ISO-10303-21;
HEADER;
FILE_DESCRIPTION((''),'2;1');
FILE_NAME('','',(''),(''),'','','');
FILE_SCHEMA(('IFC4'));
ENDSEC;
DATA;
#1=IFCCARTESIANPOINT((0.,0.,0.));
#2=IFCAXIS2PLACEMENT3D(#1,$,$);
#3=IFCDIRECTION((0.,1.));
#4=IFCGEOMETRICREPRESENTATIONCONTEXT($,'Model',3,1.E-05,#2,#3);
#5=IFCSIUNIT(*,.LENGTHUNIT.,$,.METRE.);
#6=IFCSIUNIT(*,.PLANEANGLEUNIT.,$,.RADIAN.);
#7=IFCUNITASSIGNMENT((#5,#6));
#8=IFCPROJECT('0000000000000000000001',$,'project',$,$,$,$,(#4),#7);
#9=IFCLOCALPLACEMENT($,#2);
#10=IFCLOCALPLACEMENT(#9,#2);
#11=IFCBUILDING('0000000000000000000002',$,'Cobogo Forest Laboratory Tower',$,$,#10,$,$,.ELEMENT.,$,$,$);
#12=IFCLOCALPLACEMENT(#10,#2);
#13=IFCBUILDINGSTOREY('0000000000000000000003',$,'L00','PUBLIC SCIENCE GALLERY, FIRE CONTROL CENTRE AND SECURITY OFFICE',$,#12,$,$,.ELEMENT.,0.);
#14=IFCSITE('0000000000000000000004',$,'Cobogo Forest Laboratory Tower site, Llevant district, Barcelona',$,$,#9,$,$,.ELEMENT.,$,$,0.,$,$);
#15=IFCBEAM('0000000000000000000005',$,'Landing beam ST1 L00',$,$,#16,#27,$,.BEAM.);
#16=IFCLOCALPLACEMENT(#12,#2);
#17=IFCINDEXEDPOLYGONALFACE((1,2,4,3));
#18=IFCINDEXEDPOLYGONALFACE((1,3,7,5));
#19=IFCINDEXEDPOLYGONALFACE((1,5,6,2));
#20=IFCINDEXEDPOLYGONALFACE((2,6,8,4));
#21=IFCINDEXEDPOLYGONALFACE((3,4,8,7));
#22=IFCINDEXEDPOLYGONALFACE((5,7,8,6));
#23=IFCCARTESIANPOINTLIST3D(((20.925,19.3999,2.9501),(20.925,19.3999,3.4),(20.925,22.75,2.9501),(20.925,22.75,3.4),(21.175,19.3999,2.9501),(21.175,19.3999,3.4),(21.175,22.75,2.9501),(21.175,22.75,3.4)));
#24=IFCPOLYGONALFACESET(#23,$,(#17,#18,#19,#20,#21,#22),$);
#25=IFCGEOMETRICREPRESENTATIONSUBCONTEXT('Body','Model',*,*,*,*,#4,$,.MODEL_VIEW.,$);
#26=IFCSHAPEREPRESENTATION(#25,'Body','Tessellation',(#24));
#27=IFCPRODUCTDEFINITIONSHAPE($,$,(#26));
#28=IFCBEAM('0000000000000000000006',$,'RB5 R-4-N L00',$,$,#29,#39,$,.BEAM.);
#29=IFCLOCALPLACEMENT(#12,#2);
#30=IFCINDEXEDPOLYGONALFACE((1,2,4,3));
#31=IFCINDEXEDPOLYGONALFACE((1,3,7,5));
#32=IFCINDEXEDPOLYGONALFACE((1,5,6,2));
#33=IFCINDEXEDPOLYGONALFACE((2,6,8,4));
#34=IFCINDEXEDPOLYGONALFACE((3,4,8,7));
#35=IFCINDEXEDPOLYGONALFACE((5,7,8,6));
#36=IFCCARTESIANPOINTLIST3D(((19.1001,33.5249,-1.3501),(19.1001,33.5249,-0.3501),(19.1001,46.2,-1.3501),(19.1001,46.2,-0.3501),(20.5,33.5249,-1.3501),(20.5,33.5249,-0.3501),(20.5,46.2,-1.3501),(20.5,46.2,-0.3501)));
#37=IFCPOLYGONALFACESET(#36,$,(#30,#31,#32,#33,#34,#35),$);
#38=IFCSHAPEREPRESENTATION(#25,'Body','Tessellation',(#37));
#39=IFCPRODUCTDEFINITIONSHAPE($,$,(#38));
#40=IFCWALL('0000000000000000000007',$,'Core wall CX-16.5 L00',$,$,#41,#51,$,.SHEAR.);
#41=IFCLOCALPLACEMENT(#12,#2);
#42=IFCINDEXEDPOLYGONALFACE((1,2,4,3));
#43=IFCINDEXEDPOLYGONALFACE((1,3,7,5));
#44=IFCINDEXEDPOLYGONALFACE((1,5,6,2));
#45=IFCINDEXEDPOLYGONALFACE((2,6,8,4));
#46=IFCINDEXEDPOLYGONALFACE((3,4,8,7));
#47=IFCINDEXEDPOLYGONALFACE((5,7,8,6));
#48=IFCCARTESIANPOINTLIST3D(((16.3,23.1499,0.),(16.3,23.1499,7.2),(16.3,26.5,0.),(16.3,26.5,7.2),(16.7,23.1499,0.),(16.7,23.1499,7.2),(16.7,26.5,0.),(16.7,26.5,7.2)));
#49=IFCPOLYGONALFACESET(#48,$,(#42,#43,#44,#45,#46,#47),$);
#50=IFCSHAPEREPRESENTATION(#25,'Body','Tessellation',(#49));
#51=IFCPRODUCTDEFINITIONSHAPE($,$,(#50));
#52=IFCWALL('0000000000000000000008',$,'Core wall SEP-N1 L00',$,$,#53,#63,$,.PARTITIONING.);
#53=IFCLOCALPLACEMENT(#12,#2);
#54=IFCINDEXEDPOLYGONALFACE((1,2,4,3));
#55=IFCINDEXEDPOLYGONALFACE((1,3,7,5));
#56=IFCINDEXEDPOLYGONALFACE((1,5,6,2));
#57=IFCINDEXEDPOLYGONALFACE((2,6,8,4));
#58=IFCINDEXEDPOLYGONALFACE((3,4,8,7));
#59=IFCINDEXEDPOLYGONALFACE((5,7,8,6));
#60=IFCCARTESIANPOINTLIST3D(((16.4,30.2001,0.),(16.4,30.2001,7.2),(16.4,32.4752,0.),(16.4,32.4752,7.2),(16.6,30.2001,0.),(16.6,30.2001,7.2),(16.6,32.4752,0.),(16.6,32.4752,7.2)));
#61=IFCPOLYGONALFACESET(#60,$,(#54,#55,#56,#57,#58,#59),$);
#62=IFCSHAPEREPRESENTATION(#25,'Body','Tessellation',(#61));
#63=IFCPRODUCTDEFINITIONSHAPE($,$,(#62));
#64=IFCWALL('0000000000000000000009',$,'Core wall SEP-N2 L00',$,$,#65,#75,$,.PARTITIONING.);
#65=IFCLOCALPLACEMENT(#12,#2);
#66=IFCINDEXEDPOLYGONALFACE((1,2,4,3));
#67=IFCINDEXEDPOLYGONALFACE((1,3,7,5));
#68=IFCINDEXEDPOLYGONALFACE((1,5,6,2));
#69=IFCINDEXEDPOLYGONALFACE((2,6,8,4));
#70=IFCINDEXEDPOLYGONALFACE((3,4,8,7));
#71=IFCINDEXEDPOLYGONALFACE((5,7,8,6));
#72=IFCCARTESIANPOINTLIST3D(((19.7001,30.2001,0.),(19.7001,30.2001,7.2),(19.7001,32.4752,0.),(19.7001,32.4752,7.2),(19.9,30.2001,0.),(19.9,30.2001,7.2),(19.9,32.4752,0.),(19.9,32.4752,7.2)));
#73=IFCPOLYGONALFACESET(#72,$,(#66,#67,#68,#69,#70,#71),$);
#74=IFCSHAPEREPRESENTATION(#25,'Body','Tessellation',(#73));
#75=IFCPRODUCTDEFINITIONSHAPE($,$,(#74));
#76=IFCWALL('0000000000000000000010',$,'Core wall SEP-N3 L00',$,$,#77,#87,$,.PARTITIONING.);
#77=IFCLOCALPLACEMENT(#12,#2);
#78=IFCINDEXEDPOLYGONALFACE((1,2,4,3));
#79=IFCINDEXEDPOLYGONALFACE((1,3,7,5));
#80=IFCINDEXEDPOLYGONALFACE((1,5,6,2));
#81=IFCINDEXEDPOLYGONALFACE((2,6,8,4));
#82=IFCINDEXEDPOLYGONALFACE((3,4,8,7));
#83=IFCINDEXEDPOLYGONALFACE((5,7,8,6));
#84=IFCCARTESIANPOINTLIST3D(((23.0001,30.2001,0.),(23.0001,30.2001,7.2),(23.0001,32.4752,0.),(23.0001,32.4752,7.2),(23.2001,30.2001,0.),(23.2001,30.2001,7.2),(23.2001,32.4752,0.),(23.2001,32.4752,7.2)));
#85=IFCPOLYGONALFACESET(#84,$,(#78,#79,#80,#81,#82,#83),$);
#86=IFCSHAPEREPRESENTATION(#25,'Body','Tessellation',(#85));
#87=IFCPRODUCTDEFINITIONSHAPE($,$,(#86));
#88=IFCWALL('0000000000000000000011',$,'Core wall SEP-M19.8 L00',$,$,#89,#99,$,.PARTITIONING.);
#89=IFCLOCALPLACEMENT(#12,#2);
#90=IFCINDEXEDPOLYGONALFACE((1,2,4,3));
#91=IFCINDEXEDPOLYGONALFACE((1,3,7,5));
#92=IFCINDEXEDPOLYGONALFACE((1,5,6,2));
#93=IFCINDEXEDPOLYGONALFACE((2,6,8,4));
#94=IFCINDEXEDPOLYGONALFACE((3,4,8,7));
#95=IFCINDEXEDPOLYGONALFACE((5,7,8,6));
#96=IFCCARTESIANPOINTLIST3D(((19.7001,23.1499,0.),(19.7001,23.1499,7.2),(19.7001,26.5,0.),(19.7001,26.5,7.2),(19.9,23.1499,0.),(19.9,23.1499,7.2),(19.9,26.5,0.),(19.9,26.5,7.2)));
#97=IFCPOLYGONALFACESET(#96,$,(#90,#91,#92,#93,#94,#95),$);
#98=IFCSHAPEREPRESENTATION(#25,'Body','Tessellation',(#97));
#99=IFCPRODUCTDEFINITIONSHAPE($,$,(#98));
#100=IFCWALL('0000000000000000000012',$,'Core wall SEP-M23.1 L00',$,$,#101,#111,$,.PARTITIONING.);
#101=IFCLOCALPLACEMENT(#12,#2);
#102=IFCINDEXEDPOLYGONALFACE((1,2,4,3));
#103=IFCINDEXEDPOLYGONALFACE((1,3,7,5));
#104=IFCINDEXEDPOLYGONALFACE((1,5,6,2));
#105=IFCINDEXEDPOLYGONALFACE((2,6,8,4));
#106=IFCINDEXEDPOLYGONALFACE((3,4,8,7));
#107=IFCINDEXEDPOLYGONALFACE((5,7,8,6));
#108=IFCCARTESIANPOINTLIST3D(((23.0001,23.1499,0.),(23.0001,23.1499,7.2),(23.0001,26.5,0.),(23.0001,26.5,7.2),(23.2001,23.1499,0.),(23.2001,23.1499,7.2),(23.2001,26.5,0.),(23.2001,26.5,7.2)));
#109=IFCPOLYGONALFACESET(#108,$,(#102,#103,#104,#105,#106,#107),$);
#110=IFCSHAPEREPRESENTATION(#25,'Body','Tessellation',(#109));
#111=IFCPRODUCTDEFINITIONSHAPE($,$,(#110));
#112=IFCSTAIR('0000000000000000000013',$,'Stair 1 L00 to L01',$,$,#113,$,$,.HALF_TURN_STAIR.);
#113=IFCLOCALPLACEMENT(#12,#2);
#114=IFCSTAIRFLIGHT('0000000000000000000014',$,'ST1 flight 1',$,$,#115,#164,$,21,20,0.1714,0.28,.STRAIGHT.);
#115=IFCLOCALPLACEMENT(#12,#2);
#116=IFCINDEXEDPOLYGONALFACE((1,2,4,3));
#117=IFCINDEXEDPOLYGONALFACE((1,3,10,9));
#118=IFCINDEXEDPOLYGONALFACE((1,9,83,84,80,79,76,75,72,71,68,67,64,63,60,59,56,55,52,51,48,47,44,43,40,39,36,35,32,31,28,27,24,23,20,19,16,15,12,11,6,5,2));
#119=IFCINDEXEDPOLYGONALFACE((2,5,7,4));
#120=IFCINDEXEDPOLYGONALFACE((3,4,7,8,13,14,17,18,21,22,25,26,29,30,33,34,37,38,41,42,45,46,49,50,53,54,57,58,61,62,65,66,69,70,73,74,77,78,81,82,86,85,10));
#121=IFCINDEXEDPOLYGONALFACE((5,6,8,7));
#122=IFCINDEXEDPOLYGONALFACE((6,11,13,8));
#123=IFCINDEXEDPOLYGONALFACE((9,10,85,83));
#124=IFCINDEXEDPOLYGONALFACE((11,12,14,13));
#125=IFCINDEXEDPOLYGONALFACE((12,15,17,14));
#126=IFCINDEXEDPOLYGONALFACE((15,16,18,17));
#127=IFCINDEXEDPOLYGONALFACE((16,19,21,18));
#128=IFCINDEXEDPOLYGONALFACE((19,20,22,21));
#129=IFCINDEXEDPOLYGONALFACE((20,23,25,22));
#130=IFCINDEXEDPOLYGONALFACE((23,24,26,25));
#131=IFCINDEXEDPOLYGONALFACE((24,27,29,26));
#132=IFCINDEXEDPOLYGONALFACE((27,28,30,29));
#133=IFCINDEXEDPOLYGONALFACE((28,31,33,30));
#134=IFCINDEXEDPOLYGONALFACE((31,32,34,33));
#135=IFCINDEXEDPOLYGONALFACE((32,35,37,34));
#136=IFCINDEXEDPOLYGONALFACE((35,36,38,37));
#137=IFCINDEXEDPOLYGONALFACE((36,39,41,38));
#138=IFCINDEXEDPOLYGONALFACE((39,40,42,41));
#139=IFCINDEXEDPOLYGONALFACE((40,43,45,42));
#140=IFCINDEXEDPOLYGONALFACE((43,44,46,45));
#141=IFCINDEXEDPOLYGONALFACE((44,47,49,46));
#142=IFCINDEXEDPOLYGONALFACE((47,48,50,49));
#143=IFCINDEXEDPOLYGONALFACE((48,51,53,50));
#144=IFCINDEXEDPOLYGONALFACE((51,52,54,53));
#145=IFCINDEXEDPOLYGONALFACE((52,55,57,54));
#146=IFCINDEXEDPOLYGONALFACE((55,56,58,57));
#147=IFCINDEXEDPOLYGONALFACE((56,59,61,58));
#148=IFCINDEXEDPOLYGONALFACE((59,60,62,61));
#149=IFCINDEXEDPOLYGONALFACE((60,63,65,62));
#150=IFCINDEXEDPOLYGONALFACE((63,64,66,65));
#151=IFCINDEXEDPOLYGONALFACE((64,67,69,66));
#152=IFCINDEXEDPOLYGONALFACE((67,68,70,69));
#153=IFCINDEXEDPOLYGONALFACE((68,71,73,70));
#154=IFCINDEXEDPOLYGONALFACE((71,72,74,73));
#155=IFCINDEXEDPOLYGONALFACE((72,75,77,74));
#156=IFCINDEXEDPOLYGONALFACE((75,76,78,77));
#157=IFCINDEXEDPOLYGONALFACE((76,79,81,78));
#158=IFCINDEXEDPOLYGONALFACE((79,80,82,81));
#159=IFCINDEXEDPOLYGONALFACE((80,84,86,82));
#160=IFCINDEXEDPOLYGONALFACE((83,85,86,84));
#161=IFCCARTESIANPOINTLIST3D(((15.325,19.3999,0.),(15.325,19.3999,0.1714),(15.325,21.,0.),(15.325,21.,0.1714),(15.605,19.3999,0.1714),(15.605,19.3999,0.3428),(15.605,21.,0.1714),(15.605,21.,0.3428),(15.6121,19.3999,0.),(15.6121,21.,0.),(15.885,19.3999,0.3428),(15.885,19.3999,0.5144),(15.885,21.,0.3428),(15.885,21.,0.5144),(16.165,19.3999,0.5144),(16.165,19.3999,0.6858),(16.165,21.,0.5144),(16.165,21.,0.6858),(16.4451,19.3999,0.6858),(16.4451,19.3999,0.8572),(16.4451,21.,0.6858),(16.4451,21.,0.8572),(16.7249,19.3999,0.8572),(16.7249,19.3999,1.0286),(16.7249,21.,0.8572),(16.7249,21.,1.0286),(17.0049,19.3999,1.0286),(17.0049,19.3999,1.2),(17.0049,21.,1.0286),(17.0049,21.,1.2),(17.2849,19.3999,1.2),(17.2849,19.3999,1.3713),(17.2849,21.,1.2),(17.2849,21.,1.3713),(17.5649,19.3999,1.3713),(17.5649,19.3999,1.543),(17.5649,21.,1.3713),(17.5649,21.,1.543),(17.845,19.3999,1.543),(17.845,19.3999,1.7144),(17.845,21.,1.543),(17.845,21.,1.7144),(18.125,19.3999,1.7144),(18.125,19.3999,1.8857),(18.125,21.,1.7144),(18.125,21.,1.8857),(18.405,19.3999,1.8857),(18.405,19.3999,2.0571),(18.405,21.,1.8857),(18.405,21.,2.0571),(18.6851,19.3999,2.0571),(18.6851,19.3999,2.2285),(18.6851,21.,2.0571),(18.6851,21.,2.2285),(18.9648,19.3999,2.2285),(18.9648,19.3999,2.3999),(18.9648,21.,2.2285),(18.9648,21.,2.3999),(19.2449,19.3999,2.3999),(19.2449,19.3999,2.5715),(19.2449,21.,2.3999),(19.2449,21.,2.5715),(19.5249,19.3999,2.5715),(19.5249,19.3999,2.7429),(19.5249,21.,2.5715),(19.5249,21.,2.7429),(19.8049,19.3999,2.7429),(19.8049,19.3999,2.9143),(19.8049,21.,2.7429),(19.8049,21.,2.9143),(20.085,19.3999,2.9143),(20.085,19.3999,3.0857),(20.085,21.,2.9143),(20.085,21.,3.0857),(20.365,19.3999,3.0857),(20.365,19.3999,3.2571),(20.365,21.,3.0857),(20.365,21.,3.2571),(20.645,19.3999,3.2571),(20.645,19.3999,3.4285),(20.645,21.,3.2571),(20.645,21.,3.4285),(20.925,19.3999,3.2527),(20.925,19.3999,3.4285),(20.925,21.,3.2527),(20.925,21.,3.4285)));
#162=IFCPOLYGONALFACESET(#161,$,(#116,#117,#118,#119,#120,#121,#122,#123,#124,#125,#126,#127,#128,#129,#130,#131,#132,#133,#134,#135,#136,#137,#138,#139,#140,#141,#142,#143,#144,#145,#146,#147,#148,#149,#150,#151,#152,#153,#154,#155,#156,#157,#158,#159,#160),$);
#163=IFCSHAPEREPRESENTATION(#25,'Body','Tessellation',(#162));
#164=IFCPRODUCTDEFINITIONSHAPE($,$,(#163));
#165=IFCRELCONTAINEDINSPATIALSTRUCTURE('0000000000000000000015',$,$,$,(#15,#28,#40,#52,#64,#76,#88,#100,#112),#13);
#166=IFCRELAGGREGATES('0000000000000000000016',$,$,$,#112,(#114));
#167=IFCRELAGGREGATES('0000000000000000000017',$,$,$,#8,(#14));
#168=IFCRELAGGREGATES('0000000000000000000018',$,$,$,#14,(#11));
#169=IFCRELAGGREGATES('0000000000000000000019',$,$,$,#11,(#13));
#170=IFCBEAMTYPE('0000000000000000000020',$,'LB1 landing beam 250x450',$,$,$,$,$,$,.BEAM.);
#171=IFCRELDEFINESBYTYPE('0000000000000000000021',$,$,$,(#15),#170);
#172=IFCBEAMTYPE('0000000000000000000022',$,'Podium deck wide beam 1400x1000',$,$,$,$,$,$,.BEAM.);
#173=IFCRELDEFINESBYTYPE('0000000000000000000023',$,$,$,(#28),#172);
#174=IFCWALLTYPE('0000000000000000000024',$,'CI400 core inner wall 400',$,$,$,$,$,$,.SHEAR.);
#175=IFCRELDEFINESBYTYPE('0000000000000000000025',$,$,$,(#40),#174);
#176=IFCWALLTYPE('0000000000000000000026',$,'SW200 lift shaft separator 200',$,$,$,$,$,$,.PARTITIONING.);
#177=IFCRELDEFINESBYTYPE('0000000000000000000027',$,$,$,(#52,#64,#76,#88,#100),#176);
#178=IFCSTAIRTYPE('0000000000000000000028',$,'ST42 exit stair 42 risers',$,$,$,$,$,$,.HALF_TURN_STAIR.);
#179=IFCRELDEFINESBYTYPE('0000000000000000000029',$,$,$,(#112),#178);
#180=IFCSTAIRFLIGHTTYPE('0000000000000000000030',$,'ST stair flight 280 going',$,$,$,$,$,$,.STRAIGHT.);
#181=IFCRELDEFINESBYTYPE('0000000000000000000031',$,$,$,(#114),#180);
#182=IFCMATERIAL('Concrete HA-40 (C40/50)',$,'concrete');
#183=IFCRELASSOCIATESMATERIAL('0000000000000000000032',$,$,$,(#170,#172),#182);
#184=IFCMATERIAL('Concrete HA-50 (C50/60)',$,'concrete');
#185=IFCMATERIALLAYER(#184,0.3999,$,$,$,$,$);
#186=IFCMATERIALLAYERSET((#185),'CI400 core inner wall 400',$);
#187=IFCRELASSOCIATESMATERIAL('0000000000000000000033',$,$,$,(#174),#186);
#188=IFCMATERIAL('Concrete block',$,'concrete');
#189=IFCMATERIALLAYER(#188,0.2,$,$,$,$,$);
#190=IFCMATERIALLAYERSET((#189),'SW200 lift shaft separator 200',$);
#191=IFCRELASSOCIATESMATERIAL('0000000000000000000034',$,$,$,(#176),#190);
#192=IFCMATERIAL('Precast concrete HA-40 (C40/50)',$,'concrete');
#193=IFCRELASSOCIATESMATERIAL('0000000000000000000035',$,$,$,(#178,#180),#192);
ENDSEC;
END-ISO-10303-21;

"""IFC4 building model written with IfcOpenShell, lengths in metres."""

from ifc_helpers import new_model, si_unit, direction, frame, frame_2d, origin, origin_2d, place, context, subcontext, project, spatial, polyline, rectangle, outline, extrude, material, layer, layer_set, material_profile, profile_set, type_object, element, aggregate, save


model = new_model("IFC4")

# Units and contexts
model_context = context("Model", 3, precision=1e-05, world=origin(), true_north=direction((0.0, 1.0)))
body_context = subcontext(model_context, "Body", "Model", "MODEL_VIEW")
ifc_project = project(units=[si_unit("LENGTHUNIT", "METRE"), si_unit("PLANEANGLEUNIT", "RADIAN")], contexts=[model_context])

# Site, building, storey
site_placement = place(None, origin())
site = spatial("IfcSite", under=ifc_project, at=site_placement, Name="Cobogo Forest Laboratory Tower site, Llevant district, Barcelona", CompositionType="ELEMENT", RefElevation=0.0)
building_placement = place(site_placement, origin())
building = spatial("IfcBuilding", under=site, at=building_placement, Name="Cobogo Forest Laboratory Tower", CompositionType="ELEMENT")
storey_placement = place(building_placement, origin())
storey = spatial("IfcBuildingStorey", under=building, at=storey_placement, Name="L00", Description="PUBLIC SCIENCE GALLERY, FIRE CONTROL CENTRE AND SECURITY OFFICE", CompositionType="ELEMENT", Elevation=0.0)

# Beams
ifc_material_1 = material(Name="Concrete HA-40 (C40/50)", Category="concrete")
ifc_material_profile_1 = material_profile(ifc_material_1, rectangle(XDim=0.25, YDim=0.45, at=origin_2d()), Name="RC 250x450")
ifc_profile_set_1 = profile_set([ifc_material_profile_1], Name="Concrete HA-40 (C40/50)")
beam_type_1 = type_object("IfcBeamType", Name="LB1 landing beam 250x450", PredefinedType="BEAM", material=ifc_profile_set_1)
beam_1_placement = place(storey_placement, frame((21.05, 19.3999, 3.175), z_axis=(0.0, 1.0, 0.0), x_axis=(-1.0, 0.0, 0.0)))
element("IfcBeam", 1, at=beam_1_placement, inside=storey, type_object=beam_type_1, Name="Landing beam ST1 L00", PredefinedType="BEAM", context=body_context, shape_type="SweptSolid", body=[
    extrude(rectangle(XDim=0.25, YDim=0.45, at=origin_2d()), origin(), (0.0, 0.0, 1.0), 3.3501),
])
ifc_material_profile_2 = material_profile(ifc_material_1, rectangle(XDim=1.3999, YDim=1.0, at=origin_2d()), Name="RC 1400x1000")
ifc_profile_set_2 = profile_set([ifc_material_profile_2], Name="Concrete HA-40 (C40/50)")
beam_type_2 = type_object("IfcBeamType", Name="Podium deck wide beam 1400x1000", PredefinedType="BEAM", material=ifc_profile_set_2)
beam_2_placement = place(storey_placement, frame((19.8, 33.5249, -0.8501), z_axis=(0.0, 1.0, 0.0), x_axis=(-1.0, 0.0, 0.0)))
element("IfcBeam", 2, at=beam_2_placement, inside=storey, type_object=beam_type_2, Name="RB5 R-4-N L00", PredefinedType="BEAM", context=body_context, shape_type="SweptSolid", body=[
    extrude(rectangle(XDim=1.3999, YDim=1.0, at=origin_2d()), origin(), (0.0, 0.0, 1.0), 12.675),
])

# Walls
ifc_material_2 = material(Name="Concrete HA-50 (C50/60)", Category="concrete")
ifc_layer_1 = layer(ifc_material_2, 0.3999)
ifc_layer_set_1 = layer_set([ifc_layer_1], Name="CI400 core inner wall 400")
wall_type_1 = type_object("IfcWallType", Name="CI400 core inner wall 400", PredefinedType="SHEAR", material=ifc_layer_set_1)
wall_placement = place(storey_placement, frame((16.5, 23.1499, 0.0), z_axis=(0.0, 0.0, 1.0), x_axis=(0.0, 1.0, 0.0)))
element("IfcWall", 3, at=wall_placement, inside=storey, type_object=wall_type_1, Name="Core wall CX-16.5 L00", PredefinedType="SHEAR", context=body_context, shape_type="SweptSolid", body=[
    extrude(rectangle(XDim=3.3501, YDim=0.3999, at=frame_2d((1.675, 0.0))), origin(), (0.0, 0.0, 1.0), 7.2),
])
ifc_material_3 = material(Name="Concrete block", Category="concrete")
ifc_layer_2 = layer(ifc_material_3, 0.2)
ifc_layer_set_2 = layer_set([ifc_layer_2], Name="SW200 lift shaft separator 200")
wall_type_2 = type_object("IfcWallType", Name="SW200 lift shaft separator 200", PredefinedType="PARTITIONING", material=ifc_layer_set_2)
for number, where, z_axis, x_axis, name in (
    (4, (16.5, 30.2, 0.0), (0.0, 0.0, 1.0), (0.0, 1.0, 0.0), "Core wall SEP-N1 L00"),
    (5, (19.8, 30.2, 0.0), (0.0, 0.0, 1.0), (0.0, 1.0, 0.0), "Core wall SEP-N2 L00"),
    (6, (23.1001, 30.2, 0.0), (0.0, 0.0, 1.0), (0.0, 1.0, 0.0), "Core wall SEP-N3 L00"),
):
    element("IfcWall", number, at=place(storey_placement, frame(where, z_axis=z_axis, x_axis=x_axis)), inside=storey, type_object=wall_type_2, Name=name, PredefinedType="PARTITIONING", context=body_context, shape_type="SweptSolid", body=[
        extrude(rectangle(XDim=2.2751, YDim=0.2, at=frame_2d((1.1377, 0.0))), origin(), (0.0, 0.0, 1.0), 7.2),
    ])
for number, where, z_axis, x_axis, name in (
    (7, (19.8, 23.1499, 0.0), (0.0, 0.0, 1.0), (0.0, 1.0, 0.0), "Core wall SEP-M19.8 L00"),
    (8, (23.1001, 23.1499, 0.0), (0.0, 0.0, 1.0), (0.0, 1.0, 0.0), "Core wall SEP-M23.1 L00"),
):
    element("IfcWall", number, at=place(storey_placement, frame(where, z_axis=z_axis, x_axis=x_axis)), inside=storey, type_object=wall_type_2, Name=name, PredefinedType="PARTITIONING", context=body_context, shape_type="SweptSolid", body=[
        extrude(rectangle(XDim=3.3501, YDim=0.2, at=frame_2d((1.675, 0.0))), origin(), (0.0, 0.0, 1.0), 7.2),
    ])

# Stair, stair flight
ifc_material_4 = material(Name="Precast concrete HA-40 (C40/50)", Category="concrete")
stair_type = type_object("IfcStairType", Name="ST42 exit stair 42 risers", PredefinedType="HALF_TURN_STAIR", material=ifc_material_4)
stair_placement = place(storey_placement, origin())
stair = element("IfcStair", 9, at=stair_placement, inside=storey, type_object=stair_type, Name="Stair 1 L00 to L01", PredefinedType="HALF_TURN_STAIR")
stair_flight_type = type_object("IfcStairFlightType", Name="ST stair flight 280 going", PredefinedType="STRAIGHT", material=ifc_material_4)
stair_flight_1_placement = place(storey_placement, frame((15.325, 20.2, 0.0), z_axis=(0.0, 0.0, 1.0), x_axis=(1.0, 0.0, 0.0)))
stair_flight_1 = element("IfcStairFlight", 10, at=stair_flight_1_placement, type_object=stair_flight_type, Name="ST1 flight 1", NumberOfRisers=21, NumberOfTreads=20, PredefinedType="STRAIGHT", RiserHeight=0.1714, TreadLength=0.28, context=body_context, shape_type="SweptSolid", body=[
    extrude(outline(polyline([(0.0, 0.0), (0.0, 0.1714), (0.28, 0.1714), (0.28, 0.3428), (0.5601, 0.3428), (0.5601, 0.5144), (0.8401, 0.5144), (0.8401, 0.6858), (1.1201, 0.6858), (1.1201, 0.8572), (1.3999, 0.8572), (1.3999, 1.0286), (1.6799, 1.0286), (1.6799, 1.2), (1.96, 1.2), (1.96, 1.3713), (2.24, 1.3713), (2.24, 1.543), (2.52, 1.543), (2.52, 1.7144), (2.8, 1.7144), (2.8, 1.8857), (3.0801, 1.8857), (3.0801, 2.0571), (3.3601, 2.0571), (3.3601, 2.2285), (3.6399, 2.2285), (3.6399, 2.3999), (3.9199, 2.3999), (3.9199, 2.5715), (4.2, 2.5715), (4.2, 2.7429), (4.48, 2.7429), (4.48, 2.9143), (4.76, 2.9143), (4.76, 3.0857), (5.04, 3.0857), (5.04, 3.2571), (5.3201, 3.2571), (5.3201, 3.4285), (5.6001, 3.4285), (5.6001, 3.6001), (5.6001, 3.2527), (0.2871, 0.0), (0.0, 0.0)])), frame((0.0, 0.8, 0.0), z_axis=(0.0, -1.0, 0.0), x_axis=(1.0, 0.0, 0.0)), (0.0, 0.0, 1.0), 1.6001),
])
aggregate(stair, [stair_flight_1])

save(model, "model.ifc")
